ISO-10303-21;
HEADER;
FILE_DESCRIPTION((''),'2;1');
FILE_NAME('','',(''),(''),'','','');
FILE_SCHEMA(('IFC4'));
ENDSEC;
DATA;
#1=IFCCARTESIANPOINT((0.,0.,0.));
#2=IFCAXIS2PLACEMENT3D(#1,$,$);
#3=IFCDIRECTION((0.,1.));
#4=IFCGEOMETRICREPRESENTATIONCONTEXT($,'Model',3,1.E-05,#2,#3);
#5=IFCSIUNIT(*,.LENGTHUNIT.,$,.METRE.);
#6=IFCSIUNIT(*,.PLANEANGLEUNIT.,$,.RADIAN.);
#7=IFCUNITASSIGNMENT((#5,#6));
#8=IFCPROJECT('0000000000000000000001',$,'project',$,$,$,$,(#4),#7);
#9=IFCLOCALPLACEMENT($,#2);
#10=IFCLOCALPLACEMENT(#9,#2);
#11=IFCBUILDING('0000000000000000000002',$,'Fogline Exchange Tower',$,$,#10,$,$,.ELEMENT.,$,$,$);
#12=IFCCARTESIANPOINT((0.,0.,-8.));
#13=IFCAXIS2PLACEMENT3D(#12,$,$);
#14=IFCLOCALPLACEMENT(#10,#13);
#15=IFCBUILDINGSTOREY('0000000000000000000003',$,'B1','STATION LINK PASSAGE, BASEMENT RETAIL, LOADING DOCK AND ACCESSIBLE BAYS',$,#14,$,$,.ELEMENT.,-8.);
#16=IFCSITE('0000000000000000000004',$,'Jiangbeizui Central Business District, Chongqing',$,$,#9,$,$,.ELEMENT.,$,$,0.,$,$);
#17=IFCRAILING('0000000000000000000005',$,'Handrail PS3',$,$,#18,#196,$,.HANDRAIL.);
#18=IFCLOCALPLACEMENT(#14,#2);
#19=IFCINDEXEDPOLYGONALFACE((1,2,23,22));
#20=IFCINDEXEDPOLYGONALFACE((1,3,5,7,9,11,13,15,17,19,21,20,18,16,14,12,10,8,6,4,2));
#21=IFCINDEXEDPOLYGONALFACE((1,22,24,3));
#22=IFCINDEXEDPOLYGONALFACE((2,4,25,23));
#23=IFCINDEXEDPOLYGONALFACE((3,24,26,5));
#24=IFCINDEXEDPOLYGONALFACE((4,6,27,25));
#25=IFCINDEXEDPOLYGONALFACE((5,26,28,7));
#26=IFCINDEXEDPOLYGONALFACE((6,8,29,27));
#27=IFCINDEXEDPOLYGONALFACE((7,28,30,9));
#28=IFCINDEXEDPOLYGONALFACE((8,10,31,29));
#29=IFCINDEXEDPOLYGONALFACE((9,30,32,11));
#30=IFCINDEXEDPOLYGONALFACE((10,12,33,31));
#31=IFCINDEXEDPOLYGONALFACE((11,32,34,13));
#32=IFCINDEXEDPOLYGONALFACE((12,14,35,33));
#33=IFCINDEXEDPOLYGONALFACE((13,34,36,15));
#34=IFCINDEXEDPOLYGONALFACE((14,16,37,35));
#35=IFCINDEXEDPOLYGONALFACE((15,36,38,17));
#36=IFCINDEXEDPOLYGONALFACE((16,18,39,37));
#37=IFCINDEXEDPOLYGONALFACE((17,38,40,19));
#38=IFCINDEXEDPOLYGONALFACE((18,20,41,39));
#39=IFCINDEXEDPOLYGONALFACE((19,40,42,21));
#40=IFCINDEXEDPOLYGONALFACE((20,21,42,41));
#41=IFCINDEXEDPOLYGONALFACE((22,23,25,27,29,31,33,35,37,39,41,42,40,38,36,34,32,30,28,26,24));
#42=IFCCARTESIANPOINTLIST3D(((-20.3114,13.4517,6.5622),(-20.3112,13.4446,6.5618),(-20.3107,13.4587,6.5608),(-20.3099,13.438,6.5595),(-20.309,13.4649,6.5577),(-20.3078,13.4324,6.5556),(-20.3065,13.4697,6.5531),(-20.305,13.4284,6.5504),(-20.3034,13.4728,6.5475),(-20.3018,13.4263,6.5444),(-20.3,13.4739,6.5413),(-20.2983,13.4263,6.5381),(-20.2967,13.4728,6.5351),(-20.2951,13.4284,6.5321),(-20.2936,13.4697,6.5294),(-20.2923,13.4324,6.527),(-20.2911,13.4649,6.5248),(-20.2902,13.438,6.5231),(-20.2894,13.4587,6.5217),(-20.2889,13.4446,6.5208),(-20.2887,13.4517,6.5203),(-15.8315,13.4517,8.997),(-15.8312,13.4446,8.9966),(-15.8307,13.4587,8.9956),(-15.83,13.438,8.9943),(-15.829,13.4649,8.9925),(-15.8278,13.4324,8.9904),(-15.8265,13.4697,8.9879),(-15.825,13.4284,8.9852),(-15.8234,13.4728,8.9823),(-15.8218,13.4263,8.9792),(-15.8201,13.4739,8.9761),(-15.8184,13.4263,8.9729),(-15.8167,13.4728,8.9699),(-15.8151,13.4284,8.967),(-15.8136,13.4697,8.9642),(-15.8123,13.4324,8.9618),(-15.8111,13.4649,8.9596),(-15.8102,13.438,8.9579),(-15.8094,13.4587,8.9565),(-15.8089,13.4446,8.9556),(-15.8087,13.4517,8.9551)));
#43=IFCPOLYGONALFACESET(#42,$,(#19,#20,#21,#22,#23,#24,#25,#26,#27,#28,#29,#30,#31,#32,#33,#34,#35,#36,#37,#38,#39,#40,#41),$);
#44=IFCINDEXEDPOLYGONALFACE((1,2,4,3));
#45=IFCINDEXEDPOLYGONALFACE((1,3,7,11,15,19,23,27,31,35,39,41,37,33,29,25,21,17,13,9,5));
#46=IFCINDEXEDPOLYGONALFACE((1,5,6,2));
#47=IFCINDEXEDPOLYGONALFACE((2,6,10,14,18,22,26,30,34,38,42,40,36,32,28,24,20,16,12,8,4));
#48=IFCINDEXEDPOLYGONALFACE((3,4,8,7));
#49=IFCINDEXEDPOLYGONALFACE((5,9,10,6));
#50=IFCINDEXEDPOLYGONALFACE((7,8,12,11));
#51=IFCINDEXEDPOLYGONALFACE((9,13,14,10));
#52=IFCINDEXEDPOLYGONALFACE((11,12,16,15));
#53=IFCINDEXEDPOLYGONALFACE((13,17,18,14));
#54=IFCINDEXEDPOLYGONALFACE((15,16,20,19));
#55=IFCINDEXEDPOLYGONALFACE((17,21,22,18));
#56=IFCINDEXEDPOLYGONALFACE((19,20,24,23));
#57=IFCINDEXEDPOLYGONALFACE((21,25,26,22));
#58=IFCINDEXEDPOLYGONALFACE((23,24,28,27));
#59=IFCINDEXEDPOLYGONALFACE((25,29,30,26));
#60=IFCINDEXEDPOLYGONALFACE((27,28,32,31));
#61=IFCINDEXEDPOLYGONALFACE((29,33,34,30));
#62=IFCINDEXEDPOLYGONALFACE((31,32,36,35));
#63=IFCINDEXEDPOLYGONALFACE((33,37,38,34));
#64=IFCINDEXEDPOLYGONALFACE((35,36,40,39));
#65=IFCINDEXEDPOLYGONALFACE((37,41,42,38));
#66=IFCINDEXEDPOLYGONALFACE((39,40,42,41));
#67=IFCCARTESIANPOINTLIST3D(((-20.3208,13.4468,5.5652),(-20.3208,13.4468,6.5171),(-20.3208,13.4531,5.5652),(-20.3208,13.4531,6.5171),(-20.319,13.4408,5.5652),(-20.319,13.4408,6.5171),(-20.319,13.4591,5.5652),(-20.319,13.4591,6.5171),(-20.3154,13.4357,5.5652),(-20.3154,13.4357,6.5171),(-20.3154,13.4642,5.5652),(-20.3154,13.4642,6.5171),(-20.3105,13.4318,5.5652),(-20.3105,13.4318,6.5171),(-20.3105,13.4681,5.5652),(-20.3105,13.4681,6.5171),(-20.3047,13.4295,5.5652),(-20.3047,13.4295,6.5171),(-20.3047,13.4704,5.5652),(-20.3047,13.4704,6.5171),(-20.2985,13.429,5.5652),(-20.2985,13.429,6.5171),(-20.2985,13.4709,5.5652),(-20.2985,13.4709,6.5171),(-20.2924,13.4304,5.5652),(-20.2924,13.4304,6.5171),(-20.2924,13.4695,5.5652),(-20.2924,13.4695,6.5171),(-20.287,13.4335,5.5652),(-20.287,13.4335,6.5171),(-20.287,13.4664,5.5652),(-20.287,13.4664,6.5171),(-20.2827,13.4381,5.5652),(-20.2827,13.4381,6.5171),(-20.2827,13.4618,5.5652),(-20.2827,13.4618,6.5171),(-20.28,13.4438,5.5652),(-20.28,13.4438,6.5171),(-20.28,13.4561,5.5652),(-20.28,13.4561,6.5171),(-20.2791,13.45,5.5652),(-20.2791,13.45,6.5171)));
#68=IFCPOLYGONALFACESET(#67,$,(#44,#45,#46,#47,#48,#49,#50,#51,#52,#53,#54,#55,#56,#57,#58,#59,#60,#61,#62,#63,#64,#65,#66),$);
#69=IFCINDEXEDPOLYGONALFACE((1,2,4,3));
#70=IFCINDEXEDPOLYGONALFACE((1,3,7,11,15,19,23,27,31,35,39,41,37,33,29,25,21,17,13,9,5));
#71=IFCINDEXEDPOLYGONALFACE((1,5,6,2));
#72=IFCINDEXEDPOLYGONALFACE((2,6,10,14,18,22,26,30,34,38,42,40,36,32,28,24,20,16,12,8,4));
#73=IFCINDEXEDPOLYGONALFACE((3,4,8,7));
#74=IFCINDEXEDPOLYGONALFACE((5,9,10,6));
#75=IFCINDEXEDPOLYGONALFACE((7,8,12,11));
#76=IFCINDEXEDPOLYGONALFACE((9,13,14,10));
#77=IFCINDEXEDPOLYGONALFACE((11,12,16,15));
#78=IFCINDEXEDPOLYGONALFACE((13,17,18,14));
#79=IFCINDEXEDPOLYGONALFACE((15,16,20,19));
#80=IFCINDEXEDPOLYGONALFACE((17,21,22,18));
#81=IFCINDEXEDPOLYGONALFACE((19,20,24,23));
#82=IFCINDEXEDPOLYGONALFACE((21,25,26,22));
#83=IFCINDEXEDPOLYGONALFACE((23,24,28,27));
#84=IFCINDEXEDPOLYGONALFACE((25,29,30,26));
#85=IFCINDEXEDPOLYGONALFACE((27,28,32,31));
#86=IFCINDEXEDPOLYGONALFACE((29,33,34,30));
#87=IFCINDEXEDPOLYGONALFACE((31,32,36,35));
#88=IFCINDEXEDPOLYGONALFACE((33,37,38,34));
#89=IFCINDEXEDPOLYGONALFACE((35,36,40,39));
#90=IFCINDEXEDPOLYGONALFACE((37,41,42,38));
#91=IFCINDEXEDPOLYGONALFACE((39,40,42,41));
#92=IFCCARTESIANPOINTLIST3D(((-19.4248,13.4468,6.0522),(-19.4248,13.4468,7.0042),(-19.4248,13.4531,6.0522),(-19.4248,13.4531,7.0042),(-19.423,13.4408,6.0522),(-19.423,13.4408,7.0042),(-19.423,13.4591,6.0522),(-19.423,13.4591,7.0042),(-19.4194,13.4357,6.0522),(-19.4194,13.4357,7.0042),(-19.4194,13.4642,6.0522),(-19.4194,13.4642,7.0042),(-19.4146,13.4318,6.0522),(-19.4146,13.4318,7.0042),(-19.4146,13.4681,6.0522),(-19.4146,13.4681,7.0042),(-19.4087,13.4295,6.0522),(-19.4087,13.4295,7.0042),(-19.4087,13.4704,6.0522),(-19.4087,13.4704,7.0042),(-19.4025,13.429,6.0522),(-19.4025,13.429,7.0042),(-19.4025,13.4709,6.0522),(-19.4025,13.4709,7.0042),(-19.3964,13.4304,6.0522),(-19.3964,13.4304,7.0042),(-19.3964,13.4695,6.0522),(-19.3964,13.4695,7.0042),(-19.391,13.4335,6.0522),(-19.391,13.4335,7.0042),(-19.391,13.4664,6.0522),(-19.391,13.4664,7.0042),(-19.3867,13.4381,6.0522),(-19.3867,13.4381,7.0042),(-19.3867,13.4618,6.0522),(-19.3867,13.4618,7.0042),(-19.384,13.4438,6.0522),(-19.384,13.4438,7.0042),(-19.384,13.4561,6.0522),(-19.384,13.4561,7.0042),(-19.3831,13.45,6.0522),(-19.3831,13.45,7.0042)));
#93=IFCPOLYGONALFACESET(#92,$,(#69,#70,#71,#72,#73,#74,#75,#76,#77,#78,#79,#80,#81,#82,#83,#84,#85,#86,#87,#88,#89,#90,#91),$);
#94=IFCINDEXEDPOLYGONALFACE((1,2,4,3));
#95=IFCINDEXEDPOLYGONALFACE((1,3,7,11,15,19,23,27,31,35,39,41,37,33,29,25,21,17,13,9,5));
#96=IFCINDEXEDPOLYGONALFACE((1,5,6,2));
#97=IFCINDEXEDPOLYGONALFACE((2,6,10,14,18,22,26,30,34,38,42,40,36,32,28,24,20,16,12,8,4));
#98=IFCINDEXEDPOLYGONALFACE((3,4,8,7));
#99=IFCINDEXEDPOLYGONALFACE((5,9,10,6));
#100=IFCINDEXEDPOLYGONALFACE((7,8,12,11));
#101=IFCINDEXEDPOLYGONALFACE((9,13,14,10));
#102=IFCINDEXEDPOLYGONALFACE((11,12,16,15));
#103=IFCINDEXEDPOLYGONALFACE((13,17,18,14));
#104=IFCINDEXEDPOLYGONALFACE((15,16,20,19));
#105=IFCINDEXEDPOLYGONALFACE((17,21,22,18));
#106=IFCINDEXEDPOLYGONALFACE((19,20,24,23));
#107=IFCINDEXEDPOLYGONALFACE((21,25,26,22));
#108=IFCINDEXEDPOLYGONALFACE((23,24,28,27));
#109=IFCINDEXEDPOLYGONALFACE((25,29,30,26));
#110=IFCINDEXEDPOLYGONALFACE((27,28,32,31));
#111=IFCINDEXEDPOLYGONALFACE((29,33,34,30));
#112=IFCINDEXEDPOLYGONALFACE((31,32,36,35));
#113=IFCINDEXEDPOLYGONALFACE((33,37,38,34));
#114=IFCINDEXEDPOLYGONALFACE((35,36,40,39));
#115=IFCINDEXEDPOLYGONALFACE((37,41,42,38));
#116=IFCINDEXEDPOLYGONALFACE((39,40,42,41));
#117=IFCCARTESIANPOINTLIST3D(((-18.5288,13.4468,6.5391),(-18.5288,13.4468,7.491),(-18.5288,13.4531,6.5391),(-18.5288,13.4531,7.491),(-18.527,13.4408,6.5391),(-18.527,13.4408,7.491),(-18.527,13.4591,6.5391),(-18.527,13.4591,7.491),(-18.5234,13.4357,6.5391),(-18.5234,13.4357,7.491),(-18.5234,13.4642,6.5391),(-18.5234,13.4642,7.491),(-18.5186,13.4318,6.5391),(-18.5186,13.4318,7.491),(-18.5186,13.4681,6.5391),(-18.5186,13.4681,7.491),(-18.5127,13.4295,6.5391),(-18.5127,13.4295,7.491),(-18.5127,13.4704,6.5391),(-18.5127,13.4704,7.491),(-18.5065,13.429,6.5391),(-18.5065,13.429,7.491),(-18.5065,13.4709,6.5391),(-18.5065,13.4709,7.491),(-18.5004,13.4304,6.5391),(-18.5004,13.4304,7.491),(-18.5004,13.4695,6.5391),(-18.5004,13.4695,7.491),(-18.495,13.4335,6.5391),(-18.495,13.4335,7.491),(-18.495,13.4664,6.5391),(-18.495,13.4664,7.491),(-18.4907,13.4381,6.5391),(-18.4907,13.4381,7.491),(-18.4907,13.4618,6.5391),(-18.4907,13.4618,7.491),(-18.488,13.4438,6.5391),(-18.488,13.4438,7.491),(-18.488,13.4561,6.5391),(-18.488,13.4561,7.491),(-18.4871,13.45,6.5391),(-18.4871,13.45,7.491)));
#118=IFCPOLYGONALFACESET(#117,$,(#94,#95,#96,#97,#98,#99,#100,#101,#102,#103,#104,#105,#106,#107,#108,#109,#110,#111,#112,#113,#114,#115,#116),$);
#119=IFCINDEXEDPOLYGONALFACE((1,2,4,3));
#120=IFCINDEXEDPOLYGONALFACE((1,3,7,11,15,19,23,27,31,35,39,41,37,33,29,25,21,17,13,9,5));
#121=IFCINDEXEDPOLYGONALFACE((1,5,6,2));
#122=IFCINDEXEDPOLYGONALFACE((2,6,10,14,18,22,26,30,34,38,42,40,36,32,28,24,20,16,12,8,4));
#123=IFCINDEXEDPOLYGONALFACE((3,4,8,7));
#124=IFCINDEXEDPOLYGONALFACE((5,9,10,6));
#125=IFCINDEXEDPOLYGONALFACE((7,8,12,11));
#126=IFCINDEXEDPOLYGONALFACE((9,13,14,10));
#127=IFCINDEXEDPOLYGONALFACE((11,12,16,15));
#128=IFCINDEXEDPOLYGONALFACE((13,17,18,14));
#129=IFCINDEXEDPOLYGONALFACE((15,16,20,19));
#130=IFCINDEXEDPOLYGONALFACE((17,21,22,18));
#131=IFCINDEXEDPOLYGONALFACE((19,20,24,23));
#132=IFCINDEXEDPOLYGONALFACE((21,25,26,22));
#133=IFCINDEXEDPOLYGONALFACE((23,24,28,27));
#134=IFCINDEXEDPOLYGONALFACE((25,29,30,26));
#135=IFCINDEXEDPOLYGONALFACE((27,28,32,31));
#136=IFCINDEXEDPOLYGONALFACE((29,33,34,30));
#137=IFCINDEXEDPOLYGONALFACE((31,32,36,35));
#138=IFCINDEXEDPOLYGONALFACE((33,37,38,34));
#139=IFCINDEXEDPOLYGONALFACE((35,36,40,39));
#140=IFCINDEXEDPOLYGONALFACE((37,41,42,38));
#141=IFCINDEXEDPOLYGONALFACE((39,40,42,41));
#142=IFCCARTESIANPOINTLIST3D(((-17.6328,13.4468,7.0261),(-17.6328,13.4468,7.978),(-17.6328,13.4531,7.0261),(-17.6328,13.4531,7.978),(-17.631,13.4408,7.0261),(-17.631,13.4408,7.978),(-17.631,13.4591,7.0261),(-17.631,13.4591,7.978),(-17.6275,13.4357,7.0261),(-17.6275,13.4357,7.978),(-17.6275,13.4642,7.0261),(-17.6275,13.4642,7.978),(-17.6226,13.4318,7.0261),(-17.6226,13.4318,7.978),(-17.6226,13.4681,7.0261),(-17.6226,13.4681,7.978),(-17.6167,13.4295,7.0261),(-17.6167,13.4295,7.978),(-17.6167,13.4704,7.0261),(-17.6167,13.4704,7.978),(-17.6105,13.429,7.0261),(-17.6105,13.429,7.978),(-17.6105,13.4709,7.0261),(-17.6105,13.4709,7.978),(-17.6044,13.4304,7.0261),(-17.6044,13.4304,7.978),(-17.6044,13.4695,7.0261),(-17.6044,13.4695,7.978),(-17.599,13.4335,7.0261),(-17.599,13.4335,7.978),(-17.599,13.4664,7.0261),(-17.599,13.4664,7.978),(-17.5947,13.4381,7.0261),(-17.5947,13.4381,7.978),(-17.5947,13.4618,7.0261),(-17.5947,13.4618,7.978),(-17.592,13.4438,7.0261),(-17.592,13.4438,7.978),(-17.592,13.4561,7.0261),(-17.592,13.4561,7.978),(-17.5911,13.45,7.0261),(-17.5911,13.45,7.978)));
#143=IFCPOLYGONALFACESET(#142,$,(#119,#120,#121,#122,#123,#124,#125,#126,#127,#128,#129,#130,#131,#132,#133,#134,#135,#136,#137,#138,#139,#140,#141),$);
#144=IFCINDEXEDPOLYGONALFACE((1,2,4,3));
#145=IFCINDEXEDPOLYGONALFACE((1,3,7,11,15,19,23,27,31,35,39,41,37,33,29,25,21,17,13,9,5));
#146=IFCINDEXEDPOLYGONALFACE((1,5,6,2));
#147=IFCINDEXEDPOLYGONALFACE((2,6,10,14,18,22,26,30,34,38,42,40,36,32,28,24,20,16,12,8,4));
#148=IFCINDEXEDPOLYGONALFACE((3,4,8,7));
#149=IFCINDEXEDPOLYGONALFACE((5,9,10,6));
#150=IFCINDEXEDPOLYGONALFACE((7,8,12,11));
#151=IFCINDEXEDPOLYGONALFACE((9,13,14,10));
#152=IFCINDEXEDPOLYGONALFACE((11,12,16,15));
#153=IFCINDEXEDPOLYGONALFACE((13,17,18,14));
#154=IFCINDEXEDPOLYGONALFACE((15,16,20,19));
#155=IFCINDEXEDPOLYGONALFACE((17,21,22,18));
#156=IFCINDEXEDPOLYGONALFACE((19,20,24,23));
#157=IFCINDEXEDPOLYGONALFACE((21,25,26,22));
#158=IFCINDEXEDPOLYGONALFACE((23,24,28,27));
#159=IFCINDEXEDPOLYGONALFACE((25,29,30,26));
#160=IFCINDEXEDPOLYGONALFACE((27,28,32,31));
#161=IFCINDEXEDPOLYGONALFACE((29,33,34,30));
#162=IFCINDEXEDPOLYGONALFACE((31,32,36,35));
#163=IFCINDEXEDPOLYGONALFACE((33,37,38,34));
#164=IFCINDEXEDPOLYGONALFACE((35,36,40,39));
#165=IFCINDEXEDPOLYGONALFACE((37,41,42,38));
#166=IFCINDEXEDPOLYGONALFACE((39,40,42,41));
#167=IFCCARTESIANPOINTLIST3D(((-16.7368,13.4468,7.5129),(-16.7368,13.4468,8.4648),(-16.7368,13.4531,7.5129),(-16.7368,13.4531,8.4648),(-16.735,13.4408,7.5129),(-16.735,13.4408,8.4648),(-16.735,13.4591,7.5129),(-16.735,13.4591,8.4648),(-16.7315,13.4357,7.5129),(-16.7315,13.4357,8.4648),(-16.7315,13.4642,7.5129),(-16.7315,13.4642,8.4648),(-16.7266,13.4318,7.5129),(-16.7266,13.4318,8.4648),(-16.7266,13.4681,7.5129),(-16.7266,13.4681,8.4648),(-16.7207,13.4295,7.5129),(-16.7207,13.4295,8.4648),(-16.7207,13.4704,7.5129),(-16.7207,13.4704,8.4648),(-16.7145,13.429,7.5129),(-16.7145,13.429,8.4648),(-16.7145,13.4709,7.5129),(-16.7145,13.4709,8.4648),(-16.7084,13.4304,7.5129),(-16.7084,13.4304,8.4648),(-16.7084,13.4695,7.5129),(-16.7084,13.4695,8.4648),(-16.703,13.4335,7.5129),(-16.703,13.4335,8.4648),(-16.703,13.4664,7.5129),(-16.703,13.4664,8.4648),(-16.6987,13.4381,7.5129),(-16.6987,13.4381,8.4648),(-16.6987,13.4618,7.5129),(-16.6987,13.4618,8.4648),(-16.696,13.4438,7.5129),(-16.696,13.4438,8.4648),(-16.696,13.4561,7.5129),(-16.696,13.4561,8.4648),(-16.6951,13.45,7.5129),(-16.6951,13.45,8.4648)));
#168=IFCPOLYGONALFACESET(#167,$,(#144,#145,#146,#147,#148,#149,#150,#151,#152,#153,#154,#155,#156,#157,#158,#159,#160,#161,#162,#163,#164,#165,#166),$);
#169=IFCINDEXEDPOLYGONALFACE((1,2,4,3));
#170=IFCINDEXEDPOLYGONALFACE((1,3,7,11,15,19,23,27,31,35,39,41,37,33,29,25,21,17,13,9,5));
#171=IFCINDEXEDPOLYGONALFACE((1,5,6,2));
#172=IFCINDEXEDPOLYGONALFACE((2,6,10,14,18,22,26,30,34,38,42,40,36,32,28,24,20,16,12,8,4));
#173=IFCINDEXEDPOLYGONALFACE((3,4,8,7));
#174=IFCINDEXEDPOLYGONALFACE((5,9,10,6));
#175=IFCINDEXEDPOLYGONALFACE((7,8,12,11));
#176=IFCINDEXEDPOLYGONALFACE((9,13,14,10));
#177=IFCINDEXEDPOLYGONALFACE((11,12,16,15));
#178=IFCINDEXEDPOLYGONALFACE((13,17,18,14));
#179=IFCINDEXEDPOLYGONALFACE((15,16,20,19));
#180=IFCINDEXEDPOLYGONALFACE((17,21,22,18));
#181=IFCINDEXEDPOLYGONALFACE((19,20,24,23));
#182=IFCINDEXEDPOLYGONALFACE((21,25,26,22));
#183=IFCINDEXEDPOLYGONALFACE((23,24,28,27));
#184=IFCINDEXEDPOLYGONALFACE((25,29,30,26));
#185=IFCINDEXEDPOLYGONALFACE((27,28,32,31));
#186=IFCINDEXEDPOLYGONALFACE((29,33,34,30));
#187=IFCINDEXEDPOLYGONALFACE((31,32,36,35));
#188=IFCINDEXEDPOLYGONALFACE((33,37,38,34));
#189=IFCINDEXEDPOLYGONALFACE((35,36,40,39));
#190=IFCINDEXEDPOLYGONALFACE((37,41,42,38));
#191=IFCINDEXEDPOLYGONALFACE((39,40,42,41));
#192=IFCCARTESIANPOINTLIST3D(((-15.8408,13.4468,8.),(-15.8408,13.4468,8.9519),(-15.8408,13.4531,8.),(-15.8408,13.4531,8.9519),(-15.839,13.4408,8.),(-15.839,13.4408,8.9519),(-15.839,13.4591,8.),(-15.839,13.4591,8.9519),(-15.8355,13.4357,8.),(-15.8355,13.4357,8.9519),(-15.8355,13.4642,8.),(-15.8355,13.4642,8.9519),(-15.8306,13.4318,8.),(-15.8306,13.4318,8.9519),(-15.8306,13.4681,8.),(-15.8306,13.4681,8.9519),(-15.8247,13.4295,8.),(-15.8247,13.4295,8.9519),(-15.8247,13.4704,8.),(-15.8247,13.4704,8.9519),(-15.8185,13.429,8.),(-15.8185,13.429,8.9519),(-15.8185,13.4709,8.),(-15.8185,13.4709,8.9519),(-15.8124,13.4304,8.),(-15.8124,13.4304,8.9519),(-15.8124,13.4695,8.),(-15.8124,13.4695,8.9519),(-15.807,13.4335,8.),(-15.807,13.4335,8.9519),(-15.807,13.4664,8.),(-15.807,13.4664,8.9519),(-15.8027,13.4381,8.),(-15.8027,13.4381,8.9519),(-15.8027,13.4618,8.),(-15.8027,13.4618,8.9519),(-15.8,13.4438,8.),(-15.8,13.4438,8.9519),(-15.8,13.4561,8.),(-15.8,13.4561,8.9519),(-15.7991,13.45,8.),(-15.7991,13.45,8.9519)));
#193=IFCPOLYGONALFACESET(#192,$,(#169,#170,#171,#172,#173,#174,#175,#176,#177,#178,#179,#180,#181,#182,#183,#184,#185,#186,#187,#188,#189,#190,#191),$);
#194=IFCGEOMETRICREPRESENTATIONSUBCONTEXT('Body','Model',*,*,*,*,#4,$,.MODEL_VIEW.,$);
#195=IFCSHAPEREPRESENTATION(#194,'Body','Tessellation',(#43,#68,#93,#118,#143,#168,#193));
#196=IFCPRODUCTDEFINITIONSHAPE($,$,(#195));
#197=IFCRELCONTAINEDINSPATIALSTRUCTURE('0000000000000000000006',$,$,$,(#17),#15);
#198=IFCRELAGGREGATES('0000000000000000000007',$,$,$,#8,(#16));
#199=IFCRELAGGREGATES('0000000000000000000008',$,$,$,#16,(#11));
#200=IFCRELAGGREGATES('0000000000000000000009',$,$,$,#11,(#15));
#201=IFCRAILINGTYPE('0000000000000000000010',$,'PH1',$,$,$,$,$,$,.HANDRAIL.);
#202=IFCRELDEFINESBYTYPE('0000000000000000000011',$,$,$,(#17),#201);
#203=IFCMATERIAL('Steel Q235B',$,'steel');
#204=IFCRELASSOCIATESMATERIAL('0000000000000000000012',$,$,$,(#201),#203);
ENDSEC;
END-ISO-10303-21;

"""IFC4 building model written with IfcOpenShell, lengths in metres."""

from ifc_helpers import new_model, si_unit, direction, frame, origin, origin_2d, place, context, subcontext, project, spatial, circle, extrude, material, type_object, element, save


model = new_model("IFC4")

# Units and contexts
model_context = context("Model", 3, precision=1e-05, world=origin(), true_north=direction((0.0, 1.0)))
body_context = subcontext(model_context, "Body", "Model", "MODEL_VIEW")
ifc_project = project(units=[si_unit("LENGTHUNIT", "METRE"), si_unit("PLANEANGLEUNIT", "RADIAN")], contexts=[model_context])

# Site, building, storey
site_placement = place(None, origin())
site = spatial("IfcSite", under=ifc_project, at=site_placement, Name="Jiangbeizui Central Business District, Chongqing", CompositionType="ELEMENT", RefElevation=0.0)
building_placement = place(site_placement, origin())
building = spatial("IfcBuilding", under=site, at=building_placement, Name="Fogline Exchange Tower", CompositionType="ELEMENT")
storey_placement = place(building_placement, frame((0.0, 0.0, -8.0)))
storey = spatial("IfcBuildingStorey", under=building, at=storey_placement, Name="B1", Description="STATION LINK PASSAGE, BASEMENT RETAIL, LOADING DOCK AND ACCESSIBLE BAYS", CompositionType="ELEMENT", Elevation=-8.0)

# Railing
ifc_material_1 = material(Name="Steel Q235B", Category="steel")
railing_type_1 = type_object("IfcRailingType", Name="PH1", PredefinedType="HANDRAIL", material=ifc_material_1)
railing_1_placement = place(storey_placement, frame((-20.3, 13.45, 5.5652)))
element("IfcRailing", 1, at=railing_1_placement, inside=storey, type_object=railing_type_1, Name="Handrail PS3", PredefinedType="HANDRAIL", context=body_context, shape_type="SweptSolid", body=[
    extrude(circle(Radius=0.0239, at=origin_2d()), frame((0.0, 0.0, 0.9761), z_axis=(0.878621, 0.0, 0.47752), x_axis=(0.0, 1.0, 0.0)), (0.0, 0.0, 1.0), 5.0989),
    extrude(circle(Radius=0.021, at=origin_2d()), origin(), (0.0, 0.0, 1.0), 0.9519),
    extrude(circle(Radius=0.021, at=origin_2d()), frame((0.896, 0.0, 0.4871)), (0.0, 0.0, 1.0), 0.9519),
    extrude(circle(Radius=0.021, at=origin_2d()), frame((1.792, 0.0, 0.9739)), (0.0, 0.0, 1.0), 0.9519),
    extrude(circle(Radius=0.021, at=origin_2d()), frame((2.688, 0.0, 1.4609)), (0.0, 0.0, 1.0), 0.9519),
    extrude(circle(Radius=0.021, at=origin_2d()), frame((3.584, 0.0, 1.9478)), (0.0, 0.0, 1.0), 0.9519),
    extrude(circle(Radius=0.021, at=origin_2d()), frame((4.48, 0.0, 2.4348)), (0.0, 0.0, 1.0), 0.9519),
])

save(model, "model.ifc")
